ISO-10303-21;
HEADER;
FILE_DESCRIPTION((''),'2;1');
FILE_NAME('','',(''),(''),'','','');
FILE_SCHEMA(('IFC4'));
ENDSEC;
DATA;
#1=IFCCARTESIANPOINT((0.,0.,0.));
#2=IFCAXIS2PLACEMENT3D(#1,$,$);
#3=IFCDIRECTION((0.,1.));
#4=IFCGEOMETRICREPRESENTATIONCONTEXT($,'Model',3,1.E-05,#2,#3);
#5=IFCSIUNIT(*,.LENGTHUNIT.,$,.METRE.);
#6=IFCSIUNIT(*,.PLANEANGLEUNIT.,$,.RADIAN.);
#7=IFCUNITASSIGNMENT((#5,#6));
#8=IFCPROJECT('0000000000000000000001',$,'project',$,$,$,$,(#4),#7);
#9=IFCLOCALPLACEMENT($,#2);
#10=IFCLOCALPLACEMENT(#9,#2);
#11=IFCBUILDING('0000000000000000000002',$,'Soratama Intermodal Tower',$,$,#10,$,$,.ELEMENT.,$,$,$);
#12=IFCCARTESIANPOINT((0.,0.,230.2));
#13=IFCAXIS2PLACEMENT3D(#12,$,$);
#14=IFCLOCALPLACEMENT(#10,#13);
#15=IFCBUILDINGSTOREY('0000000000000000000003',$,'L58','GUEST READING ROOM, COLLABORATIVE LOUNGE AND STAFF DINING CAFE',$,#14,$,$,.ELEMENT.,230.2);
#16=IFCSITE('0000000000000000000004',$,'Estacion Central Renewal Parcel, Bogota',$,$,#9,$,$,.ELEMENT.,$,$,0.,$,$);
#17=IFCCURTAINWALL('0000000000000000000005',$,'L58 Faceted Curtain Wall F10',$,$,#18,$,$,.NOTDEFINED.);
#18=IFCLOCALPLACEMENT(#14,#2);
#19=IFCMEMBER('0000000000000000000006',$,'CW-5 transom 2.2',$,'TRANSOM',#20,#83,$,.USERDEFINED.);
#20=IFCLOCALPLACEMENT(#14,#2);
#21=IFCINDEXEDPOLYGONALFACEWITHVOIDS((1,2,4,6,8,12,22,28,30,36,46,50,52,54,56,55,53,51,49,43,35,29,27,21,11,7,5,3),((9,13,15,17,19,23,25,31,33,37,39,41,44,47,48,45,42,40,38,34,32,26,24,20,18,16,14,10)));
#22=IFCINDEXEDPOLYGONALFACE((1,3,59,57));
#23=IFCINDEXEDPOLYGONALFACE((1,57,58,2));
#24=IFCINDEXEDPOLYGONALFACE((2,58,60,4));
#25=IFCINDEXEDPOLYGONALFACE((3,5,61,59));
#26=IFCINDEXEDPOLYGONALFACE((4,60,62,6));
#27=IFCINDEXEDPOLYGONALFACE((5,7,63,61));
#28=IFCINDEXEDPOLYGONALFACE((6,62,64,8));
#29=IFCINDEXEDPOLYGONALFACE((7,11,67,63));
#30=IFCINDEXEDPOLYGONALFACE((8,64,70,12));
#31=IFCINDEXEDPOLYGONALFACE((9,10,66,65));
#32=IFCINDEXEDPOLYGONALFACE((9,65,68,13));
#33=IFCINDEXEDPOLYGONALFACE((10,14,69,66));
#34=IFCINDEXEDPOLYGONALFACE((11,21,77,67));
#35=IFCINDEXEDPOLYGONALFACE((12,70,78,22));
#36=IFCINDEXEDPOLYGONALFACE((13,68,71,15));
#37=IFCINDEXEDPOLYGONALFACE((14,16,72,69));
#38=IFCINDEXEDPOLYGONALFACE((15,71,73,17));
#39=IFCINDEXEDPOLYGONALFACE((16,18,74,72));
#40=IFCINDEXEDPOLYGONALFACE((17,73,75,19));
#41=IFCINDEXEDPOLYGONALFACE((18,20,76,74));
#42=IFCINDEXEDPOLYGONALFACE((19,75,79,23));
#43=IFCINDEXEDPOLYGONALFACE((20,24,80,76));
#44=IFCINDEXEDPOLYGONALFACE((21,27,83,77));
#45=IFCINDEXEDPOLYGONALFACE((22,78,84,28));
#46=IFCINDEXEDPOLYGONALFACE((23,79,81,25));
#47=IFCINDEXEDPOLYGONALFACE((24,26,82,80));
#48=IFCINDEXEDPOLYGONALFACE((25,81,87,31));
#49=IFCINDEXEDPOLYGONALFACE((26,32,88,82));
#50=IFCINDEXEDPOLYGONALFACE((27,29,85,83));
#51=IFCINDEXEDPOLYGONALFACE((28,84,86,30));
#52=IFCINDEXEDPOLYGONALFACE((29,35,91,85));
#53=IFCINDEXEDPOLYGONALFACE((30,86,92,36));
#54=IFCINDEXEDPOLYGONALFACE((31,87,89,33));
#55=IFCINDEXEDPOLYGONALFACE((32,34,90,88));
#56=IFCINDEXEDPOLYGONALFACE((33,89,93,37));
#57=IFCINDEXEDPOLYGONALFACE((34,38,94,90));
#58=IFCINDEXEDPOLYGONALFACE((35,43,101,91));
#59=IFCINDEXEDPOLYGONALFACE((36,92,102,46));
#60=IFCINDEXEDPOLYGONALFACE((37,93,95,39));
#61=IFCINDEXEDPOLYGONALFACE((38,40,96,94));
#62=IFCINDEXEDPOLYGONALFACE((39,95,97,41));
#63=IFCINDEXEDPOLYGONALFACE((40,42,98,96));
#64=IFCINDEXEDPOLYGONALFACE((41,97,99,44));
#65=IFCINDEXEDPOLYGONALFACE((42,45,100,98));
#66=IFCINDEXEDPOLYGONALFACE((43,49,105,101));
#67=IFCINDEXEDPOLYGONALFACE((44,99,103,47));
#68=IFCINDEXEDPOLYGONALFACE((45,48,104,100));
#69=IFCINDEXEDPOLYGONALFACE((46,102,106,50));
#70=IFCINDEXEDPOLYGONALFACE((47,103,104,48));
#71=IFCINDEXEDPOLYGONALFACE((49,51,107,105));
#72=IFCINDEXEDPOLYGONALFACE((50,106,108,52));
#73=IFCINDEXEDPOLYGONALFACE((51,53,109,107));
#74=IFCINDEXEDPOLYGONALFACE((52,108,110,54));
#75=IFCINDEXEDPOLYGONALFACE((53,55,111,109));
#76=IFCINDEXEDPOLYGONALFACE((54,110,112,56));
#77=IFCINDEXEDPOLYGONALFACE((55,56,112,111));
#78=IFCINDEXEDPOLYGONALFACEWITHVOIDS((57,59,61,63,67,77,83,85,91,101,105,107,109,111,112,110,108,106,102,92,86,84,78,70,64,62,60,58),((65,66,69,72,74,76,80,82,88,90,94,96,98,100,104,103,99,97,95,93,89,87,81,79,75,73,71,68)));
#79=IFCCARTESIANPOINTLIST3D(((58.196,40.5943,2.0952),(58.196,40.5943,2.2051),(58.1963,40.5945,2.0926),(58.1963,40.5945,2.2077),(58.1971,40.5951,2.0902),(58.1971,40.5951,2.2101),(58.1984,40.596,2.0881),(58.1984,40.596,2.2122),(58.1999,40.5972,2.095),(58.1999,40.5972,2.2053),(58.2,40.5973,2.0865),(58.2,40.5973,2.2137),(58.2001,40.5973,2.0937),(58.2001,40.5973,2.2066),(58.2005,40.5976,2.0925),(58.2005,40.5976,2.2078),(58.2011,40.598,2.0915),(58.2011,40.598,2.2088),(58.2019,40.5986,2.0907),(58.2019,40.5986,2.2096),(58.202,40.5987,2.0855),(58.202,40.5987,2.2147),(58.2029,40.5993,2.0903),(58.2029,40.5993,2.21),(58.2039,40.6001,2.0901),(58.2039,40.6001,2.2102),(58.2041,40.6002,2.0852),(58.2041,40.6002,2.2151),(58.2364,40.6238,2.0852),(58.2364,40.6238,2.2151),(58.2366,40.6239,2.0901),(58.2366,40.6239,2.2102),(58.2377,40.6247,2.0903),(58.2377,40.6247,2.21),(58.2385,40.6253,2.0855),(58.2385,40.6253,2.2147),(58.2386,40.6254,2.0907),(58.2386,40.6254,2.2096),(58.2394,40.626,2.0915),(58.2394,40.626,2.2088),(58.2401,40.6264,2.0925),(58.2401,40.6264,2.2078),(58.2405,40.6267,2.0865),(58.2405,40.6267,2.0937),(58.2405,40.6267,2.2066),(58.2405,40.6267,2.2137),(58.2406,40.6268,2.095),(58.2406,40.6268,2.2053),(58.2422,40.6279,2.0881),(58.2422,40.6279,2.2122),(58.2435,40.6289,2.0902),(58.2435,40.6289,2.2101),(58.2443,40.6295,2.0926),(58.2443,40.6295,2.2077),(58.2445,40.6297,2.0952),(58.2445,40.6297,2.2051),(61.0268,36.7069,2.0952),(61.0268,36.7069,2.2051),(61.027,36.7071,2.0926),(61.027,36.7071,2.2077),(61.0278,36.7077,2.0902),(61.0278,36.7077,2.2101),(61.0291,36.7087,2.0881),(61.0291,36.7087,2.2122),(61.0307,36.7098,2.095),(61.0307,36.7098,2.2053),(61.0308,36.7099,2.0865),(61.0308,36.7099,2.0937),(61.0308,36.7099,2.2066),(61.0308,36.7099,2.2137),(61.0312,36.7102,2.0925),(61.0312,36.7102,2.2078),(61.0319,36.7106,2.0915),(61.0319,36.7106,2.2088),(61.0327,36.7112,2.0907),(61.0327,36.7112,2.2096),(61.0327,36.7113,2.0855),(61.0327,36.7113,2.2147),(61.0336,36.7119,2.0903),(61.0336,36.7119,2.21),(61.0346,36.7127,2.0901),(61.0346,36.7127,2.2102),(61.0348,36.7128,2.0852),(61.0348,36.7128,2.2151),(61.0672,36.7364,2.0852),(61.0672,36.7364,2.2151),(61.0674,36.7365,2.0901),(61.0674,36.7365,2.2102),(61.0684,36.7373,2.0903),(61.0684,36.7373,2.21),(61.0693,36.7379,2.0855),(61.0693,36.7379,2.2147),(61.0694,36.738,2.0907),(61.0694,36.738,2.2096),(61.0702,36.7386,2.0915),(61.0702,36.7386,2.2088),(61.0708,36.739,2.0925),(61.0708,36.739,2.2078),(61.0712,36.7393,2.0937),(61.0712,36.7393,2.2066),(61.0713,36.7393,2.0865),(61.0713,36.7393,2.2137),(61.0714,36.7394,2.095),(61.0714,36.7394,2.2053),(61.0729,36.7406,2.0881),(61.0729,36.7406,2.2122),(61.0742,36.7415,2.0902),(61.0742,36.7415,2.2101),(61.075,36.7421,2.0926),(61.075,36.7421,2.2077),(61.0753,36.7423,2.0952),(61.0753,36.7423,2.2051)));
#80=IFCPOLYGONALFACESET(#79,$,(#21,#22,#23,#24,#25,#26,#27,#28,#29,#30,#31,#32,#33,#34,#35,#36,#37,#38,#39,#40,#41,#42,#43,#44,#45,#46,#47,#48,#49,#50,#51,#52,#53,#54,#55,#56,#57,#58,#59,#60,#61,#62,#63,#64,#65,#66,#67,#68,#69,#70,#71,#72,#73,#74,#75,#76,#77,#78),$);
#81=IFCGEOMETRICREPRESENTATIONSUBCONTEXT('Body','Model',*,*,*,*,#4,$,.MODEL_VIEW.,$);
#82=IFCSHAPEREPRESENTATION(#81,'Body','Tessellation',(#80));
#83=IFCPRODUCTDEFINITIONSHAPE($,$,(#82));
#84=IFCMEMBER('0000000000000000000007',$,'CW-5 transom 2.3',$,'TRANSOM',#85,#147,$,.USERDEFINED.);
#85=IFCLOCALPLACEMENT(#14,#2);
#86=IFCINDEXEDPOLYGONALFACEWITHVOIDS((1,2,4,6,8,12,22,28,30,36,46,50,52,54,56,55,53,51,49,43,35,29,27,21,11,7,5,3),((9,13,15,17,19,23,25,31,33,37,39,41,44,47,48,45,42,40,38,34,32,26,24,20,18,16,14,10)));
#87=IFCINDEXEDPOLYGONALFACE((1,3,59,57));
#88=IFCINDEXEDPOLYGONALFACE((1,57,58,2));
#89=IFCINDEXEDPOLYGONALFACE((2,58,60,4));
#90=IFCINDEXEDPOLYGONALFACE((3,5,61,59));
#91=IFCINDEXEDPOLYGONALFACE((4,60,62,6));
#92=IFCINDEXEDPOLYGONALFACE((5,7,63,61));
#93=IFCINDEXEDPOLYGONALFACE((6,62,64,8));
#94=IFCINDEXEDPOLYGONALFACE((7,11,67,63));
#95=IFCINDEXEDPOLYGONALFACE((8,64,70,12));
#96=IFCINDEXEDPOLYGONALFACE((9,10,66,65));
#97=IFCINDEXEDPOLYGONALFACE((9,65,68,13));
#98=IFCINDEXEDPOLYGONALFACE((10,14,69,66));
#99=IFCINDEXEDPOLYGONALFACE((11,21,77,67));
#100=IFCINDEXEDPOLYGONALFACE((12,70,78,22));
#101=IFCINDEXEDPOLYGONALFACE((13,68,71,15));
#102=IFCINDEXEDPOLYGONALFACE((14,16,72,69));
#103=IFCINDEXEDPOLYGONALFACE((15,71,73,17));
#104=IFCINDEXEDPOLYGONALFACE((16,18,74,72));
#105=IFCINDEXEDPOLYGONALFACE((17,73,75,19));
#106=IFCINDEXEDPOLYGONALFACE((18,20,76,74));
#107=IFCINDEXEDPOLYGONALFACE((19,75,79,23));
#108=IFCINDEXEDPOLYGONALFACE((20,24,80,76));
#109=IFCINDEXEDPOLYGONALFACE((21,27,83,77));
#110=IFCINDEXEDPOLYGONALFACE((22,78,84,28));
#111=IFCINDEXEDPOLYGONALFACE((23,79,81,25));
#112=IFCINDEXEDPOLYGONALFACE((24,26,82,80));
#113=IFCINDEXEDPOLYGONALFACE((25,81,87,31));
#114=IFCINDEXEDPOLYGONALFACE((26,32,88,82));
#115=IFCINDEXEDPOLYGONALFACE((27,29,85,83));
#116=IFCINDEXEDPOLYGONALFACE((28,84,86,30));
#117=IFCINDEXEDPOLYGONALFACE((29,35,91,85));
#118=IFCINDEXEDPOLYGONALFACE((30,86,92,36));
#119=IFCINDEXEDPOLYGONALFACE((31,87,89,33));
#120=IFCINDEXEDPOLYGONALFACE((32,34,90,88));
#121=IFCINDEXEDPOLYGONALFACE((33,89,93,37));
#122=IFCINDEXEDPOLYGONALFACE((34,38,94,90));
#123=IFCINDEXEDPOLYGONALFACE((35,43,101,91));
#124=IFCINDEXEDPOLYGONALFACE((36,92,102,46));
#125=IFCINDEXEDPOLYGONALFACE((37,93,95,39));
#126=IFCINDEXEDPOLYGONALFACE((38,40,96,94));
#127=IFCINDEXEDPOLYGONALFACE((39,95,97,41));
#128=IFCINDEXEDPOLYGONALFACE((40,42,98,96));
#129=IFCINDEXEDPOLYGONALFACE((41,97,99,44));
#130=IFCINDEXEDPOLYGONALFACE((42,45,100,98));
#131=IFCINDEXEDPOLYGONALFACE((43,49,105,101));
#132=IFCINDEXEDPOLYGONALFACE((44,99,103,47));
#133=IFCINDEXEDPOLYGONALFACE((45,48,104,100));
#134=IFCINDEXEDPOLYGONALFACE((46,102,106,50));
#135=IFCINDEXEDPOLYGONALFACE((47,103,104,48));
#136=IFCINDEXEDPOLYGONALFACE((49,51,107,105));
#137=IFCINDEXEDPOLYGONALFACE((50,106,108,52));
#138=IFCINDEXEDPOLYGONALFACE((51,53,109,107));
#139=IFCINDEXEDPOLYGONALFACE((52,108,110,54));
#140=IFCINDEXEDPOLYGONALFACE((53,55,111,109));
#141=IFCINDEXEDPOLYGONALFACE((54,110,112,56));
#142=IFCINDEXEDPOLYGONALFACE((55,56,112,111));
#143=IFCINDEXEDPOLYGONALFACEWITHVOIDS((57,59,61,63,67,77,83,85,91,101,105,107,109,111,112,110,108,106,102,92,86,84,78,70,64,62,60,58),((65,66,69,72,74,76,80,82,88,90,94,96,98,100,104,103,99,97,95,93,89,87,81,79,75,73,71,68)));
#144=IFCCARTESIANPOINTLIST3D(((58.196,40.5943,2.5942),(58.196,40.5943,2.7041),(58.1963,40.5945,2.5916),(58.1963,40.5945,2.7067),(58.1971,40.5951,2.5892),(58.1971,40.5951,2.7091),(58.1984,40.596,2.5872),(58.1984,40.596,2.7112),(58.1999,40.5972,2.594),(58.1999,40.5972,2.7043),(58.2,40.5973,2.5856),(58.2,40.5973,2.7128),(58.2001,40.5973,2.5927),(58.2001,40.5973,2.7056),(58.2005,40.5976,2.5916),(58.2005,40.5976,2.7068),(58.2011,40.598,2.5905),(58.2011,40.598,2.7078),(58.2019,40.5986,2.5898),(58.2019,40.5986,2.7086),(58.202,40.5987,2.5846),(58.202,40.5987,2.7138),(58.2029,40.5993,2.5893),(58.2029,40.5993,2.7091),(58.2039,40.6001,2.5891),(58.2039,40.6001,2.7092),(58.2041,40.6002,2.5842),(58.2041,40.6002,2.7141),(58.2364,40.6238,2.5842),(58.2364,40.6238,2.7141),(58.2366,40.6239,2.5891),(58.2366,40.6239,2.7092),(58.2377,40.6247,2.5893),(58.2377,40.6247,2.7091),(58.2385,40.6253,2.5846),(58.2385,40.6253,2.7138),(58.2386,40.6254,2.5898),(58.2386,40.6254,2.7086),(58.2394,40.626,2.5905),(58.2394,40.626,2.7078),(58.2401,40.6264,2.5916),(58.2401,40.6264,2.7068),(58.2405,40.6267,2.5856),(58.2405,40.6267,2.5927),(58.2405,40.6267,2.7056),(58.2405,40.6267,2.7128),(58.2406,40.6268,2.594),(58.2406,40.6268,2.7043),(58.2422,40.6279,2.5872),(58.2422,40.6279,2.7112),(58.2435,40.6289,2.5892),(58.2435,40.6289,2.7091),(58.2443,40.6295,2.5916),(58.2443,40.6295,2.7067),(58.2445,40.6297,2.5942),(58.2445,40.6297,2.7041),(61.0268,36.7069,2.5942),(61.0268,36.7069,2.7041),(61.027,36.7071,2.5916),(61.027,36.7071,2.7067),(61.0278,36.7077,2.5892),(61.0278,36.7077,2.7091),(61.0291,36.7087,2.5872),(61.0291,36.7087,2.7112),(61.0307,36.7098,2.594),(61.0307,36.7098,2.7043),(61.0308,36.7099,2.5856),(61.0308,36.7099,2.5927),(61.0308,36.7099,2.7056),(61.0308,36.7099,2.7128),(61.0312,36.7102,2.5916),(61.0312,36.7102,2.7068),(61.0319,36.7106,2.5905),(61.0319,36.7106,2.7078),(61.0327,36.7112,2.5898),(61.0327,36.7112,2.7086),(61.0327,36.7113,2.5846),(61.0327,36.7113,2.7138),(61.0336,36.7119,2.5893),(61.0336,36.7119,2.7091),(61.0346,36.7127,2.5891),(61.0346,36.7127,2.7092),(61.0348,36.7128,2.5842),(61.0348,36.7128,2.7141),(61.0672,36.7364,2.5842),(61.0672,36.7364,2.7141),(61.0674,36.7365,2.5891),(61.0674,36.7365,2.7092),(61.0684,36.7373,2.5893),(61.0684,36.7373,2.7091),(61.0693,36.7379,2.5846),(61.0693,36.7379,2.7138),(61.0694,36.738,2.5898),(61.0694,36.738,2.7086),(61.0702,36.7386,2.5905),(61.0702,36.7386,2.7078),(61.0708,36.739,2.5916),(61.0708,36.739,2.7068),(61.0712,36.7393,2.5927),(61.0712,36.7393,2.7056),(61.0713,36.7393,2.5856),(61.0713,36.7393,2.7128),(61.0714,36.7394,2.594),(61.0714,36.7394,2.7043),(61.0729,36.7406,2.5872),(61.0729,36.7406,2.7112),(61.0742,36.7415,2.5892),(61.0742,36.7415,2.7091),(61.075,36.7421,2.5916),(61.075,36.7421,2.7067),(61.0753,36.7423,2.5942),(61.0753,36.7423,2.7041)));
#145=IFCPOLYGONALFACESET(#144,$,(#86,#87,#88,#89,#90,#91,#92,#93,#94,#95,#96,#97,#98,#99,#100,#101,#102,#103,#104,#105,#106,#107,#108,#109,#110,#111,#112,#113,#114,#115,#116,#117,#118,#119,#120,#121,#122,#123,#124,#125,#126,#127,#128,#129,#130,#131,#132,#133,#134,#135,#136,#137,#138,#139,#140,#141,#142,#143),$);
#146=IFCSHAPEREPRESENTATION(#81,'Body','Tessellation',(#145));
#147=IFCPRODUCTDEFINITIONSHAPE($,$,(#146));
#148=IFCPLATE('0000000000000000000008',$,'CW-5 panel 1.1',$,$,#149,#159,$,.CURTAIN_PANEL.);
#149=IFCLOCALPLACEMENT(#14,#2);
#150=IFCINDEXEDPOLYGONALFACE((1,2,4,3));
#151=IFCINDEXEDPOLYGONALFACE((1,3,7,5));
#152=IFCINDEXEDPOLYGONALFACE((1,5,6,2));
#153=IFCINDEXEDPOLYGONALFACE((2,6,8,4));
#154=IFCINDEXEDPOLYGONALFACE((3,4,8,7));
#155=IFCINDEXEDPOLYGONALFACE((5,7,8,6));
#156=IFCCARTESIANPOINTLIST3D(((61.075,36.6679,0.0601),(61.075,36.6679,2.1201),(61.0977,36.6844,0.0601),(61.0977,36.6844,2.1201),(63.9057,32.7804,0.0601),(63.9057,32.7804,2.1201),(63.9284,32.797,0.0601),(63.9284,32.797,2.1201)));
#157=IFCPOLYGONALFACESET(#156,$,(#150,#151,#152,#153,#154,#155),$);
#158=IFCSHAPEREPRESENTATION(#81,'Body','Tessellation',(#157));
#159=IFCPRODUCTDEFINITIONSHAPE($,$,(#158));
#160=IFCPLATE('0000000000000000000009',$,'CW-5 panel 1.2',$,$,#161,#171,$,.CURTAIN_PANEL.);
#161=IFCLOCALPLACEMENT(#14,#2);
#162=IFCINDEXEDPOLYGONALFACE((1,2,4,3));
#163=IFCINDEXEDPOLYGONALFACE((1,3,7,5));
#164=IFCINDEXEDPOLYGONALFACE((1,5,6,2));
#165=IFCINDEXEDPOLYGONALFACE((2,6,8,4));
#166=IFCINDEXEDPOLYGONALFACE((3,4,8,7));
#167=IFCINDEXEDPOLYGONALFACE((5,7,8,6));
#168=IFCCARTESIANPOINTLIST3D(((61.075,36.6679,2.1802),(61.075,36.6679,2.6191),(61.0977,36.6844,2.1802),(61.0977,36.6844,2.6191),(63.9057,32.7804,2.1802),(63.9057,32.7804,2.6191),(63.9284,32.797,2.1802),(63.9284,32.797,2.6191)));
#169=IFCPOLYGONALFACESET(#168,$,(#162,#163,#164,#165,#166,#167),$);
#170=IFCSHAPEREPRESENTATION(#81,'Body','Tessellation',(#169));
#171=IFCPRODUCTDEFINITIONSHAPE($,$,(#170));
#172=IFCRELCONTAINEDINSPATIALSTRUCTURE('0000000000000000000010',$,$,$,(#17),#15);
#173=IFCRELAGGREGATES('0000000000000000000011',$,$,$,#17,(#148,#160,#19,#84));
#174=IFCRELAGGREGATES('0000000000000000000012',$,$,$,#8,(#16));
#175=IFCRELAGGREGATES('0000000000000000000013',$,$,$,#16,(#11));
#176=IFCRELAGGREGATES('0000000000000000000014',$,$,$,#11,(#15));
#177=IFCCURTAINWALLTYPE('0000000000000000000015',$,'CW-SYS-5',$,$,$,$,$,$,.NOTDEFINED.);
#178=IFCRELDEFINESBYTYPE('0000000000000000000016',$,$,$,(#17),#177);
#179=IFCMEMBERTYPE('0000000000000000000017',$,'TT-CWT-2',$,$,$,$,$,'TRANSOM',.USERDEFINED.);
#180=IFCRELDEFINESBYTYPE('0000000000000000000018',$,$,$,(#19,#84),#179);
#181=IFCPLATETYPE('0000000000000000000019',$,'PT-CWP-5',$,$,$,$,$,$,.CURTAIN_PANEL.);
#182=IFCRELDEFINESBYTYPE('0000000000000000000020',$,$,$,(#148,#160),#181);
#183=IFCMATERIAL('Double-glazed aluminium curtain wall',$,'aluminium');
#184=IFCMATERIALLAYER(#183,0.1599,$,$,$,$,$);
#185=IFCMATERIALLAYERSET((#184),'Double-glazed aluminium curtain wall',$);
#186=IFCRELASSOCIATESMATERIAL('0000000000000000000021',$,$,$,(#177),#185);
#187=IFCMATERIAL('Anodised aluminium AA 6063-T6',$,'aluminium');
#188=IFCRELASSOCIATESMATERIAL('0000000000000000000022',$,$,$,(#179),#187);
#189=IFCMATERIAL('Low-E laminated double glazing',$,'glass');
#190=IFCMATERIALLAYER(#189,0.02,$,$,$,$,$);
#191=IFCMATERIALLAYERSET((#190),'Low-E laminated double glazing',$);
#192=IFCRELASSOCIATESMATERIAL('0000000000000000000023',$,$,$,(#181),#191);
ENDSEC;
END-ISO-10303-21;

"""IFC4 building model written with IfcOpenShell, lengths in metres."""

from ifc_helpers import new_model, si_unit, direction, frame, origin, origin_2d, place, context, subcontext, project, spatial, rectangle, hollow_rectangle, extrude, material, layer, layer_set, material_profile, profile_set, type_object, element, aggregate, save


model = new_model("IFC4")

# Units and contexts
model_context = context("Model", 3, precision=1e-05, world=origin(), true_north=direction((0.0, 1.0)))
body_context = subcontext(model_context, "Body", "Model", "MODEL_VIEW")
ifc_project = project(units=[si_unit("LENGTHUNIT", "METRE"), si_unit("PLANEANGLEUNIT", "RADIAN")], contexts=[model_context])

# Site, building, storey
site_placement = place(None, origin())
site = spatial("IfcSite", under=ifc_project, at=site_placement, Name="Estacion Central Renewal Parcel, Bogota", CompositionType="ELEMENT", RefElevation=0.0)
building_placement = place(site_placement, origin())
building = spatial("IfcBuilding", under=site, at=building_placement, Name="Soratama Intermodal Tower", CompositionType="ELEMENT")
storey_placement = place(building_placement, frame((0.0, 0.0, 230.2)))
storey = spatial("IfcBuildingStorey", under=building, at=storey_placement, Name="L58", Description="GUEST READING ROOM, COLLABORATIVE LOUNGE AND STAFF DINING CAFE", CompositionType="ELEMENT", Elevation=230.2)

# Curtain wall, members, plates
ifc_material_1 = material(Name="Double-glazed aluminium curtain wall", Category="aluminium")
ifc_layer_1 = layer(ifc_material_1, 0.1599)
ifc_layer_set_1 = layer_set([ifc_layer_1], Name="Double-glazed aluminium curtain wall")
curtain_wall_type = type_object("IfcCurtainWallType", Name="CW-SYS-5", PredefinedType="NOTDEFINED", material=ifc_layer_set_1)
curtain_wall_placement = place(storey_placement, origin())
curtain_wall = element("IfcCurtainWall", 1, at=curtain_wall_placement, inside=storey, type_object=curtain_wall_type, Name="L58 Faceted Curtain Wall F10", PredefinedType="NOTDEFINED")
ifc_material_2 = material(Name="Anodised aluminium AA 6063-T6", Category="aluminium")
ifc_material_profile_1 = material_profile(ifc_material_2, hollow_rectangle(XDim=0.0601, YDim=0.1299, WallThickness=0.0049, InnerFilletRadius=0.0049, OuterFilletRadius=0.01, at=origin_2d()), Name="CWT130X60X5")
ifc_profile_set_1 = profile_set([ifc_material_profile_1], Name="Anodised aluminium AA 6063-T6")
member_type_1 = type_object("IfcMemberType", Name="TT-CWT-2", ElementType="TRANSOM", PredefinedType="USERDEFINED", material=ifc_profile_set_1)
member_1_placement = place(storey_placement, frame((61.051, 36.7246, 2.1501), z_axis=(-0.588658, 0.808382, 0.0), x_axis=(-0.808382, -0.588658, 0.0)))
member_1 = element("IfcMember", 2, at=member_1_placement, type_object=member_type_1, Name="CW-5 transom 2.2", ObjectType="TRANSOM", PredefinedType="USERDEFINED", context=body_context, shape_type="SweptSolid", body=[
    extrude(hollow_rectangle(XDim=0.0601, YDim=0.1299, WallThickness=0.0049, InnerFilletRadius=0.0049, OuterFilletRadius=0.01, at=origin_2d()), origin(), (0.0, 0.0, 1.0), 4.8088),
])
member_2_placement = place(storey_placement, frame((61.051, 36.7246, 2.6492), z_axis=(-0.588658, 0.808382, 0.0), x_axis=(-0.808382, -0.588658, 0.0)))
member_2 = element("IfcMember", 3, at=member_2_placement, type_object=member_type_1, Name="CW-5 transom 2.3", ObjectType="TRANSOM", PredefinedType="USERDEFINED", context=body_context, shape_type="SweptSolid", body=[
    extrude(hollow_rectangle(XDim=0.0601, YDim=0.1299, WallThickness=0.0049, InnerFilletRadius=0.0049, OuterFilletRadius=0.01, at=origin_2d()), origin(), (0.0, 0.0, 1.0), 4.8088),
])
ifc_material_3 = material(Name="Low-E laminated double glazing", Category="glass")
ifc_layer_2 = layer(ifc_material_3, 0.02)
ifc_layer_set_2 = layer_set([ifc_layer_2], Name="Low-E laminated double glazing")
plate_type = type_object("IfcPlateType", Name="PT-CWP-5", PredefinedType="CURTAIN_PANEL", material=ifc_layer_set_2)
plate_1_placement = place(storey_placement, frame((62.5017, 34.7324, 0.0601), z_axis=(0.0, 0.0, 1.0), x_axis=(-0.588639, 0.808396, 0.0)))
plate_1 = element("IfcPlate", 4, at=plate_1_placement, type_object=plate_type, Name="CW-5 panel 1.1", PredefinedType="CURTAIN_PANEL", context=body_context, shape_type="SweptSolid", body=[
    extrude(rectangle(XDim=4.8088, YDim=0.0281, at=origin_2d()), origin(), (0.0, 0.0, 1.0), 2.0601),
])
plate_2_placement = place(storey_placement, frame((62.5017, 34.7324, 2.1802), z_axis=(0.0, 0.0, 1.0), x_axis=(-0.588639, 0.808396, 0.0)))
plate_2 = element("IfcPlate", 5, at=plate_2_placement, type_object=plate_type, Name="CW-5 panel 1.2", PredefinedType="CURTAIN_PANEL", context=body_context, shape_type="SweptSolid", body=[
    extrude(rectangle(XDim=4.8088, YDim=0.0281, at=origin_2d()), origin(), (0.0, 0.0, 1.0), 0.439),
])
aggregate(curtain_wall, [plate_1, plate_2, member_1, member_2])

save(model, "model.ifc")
